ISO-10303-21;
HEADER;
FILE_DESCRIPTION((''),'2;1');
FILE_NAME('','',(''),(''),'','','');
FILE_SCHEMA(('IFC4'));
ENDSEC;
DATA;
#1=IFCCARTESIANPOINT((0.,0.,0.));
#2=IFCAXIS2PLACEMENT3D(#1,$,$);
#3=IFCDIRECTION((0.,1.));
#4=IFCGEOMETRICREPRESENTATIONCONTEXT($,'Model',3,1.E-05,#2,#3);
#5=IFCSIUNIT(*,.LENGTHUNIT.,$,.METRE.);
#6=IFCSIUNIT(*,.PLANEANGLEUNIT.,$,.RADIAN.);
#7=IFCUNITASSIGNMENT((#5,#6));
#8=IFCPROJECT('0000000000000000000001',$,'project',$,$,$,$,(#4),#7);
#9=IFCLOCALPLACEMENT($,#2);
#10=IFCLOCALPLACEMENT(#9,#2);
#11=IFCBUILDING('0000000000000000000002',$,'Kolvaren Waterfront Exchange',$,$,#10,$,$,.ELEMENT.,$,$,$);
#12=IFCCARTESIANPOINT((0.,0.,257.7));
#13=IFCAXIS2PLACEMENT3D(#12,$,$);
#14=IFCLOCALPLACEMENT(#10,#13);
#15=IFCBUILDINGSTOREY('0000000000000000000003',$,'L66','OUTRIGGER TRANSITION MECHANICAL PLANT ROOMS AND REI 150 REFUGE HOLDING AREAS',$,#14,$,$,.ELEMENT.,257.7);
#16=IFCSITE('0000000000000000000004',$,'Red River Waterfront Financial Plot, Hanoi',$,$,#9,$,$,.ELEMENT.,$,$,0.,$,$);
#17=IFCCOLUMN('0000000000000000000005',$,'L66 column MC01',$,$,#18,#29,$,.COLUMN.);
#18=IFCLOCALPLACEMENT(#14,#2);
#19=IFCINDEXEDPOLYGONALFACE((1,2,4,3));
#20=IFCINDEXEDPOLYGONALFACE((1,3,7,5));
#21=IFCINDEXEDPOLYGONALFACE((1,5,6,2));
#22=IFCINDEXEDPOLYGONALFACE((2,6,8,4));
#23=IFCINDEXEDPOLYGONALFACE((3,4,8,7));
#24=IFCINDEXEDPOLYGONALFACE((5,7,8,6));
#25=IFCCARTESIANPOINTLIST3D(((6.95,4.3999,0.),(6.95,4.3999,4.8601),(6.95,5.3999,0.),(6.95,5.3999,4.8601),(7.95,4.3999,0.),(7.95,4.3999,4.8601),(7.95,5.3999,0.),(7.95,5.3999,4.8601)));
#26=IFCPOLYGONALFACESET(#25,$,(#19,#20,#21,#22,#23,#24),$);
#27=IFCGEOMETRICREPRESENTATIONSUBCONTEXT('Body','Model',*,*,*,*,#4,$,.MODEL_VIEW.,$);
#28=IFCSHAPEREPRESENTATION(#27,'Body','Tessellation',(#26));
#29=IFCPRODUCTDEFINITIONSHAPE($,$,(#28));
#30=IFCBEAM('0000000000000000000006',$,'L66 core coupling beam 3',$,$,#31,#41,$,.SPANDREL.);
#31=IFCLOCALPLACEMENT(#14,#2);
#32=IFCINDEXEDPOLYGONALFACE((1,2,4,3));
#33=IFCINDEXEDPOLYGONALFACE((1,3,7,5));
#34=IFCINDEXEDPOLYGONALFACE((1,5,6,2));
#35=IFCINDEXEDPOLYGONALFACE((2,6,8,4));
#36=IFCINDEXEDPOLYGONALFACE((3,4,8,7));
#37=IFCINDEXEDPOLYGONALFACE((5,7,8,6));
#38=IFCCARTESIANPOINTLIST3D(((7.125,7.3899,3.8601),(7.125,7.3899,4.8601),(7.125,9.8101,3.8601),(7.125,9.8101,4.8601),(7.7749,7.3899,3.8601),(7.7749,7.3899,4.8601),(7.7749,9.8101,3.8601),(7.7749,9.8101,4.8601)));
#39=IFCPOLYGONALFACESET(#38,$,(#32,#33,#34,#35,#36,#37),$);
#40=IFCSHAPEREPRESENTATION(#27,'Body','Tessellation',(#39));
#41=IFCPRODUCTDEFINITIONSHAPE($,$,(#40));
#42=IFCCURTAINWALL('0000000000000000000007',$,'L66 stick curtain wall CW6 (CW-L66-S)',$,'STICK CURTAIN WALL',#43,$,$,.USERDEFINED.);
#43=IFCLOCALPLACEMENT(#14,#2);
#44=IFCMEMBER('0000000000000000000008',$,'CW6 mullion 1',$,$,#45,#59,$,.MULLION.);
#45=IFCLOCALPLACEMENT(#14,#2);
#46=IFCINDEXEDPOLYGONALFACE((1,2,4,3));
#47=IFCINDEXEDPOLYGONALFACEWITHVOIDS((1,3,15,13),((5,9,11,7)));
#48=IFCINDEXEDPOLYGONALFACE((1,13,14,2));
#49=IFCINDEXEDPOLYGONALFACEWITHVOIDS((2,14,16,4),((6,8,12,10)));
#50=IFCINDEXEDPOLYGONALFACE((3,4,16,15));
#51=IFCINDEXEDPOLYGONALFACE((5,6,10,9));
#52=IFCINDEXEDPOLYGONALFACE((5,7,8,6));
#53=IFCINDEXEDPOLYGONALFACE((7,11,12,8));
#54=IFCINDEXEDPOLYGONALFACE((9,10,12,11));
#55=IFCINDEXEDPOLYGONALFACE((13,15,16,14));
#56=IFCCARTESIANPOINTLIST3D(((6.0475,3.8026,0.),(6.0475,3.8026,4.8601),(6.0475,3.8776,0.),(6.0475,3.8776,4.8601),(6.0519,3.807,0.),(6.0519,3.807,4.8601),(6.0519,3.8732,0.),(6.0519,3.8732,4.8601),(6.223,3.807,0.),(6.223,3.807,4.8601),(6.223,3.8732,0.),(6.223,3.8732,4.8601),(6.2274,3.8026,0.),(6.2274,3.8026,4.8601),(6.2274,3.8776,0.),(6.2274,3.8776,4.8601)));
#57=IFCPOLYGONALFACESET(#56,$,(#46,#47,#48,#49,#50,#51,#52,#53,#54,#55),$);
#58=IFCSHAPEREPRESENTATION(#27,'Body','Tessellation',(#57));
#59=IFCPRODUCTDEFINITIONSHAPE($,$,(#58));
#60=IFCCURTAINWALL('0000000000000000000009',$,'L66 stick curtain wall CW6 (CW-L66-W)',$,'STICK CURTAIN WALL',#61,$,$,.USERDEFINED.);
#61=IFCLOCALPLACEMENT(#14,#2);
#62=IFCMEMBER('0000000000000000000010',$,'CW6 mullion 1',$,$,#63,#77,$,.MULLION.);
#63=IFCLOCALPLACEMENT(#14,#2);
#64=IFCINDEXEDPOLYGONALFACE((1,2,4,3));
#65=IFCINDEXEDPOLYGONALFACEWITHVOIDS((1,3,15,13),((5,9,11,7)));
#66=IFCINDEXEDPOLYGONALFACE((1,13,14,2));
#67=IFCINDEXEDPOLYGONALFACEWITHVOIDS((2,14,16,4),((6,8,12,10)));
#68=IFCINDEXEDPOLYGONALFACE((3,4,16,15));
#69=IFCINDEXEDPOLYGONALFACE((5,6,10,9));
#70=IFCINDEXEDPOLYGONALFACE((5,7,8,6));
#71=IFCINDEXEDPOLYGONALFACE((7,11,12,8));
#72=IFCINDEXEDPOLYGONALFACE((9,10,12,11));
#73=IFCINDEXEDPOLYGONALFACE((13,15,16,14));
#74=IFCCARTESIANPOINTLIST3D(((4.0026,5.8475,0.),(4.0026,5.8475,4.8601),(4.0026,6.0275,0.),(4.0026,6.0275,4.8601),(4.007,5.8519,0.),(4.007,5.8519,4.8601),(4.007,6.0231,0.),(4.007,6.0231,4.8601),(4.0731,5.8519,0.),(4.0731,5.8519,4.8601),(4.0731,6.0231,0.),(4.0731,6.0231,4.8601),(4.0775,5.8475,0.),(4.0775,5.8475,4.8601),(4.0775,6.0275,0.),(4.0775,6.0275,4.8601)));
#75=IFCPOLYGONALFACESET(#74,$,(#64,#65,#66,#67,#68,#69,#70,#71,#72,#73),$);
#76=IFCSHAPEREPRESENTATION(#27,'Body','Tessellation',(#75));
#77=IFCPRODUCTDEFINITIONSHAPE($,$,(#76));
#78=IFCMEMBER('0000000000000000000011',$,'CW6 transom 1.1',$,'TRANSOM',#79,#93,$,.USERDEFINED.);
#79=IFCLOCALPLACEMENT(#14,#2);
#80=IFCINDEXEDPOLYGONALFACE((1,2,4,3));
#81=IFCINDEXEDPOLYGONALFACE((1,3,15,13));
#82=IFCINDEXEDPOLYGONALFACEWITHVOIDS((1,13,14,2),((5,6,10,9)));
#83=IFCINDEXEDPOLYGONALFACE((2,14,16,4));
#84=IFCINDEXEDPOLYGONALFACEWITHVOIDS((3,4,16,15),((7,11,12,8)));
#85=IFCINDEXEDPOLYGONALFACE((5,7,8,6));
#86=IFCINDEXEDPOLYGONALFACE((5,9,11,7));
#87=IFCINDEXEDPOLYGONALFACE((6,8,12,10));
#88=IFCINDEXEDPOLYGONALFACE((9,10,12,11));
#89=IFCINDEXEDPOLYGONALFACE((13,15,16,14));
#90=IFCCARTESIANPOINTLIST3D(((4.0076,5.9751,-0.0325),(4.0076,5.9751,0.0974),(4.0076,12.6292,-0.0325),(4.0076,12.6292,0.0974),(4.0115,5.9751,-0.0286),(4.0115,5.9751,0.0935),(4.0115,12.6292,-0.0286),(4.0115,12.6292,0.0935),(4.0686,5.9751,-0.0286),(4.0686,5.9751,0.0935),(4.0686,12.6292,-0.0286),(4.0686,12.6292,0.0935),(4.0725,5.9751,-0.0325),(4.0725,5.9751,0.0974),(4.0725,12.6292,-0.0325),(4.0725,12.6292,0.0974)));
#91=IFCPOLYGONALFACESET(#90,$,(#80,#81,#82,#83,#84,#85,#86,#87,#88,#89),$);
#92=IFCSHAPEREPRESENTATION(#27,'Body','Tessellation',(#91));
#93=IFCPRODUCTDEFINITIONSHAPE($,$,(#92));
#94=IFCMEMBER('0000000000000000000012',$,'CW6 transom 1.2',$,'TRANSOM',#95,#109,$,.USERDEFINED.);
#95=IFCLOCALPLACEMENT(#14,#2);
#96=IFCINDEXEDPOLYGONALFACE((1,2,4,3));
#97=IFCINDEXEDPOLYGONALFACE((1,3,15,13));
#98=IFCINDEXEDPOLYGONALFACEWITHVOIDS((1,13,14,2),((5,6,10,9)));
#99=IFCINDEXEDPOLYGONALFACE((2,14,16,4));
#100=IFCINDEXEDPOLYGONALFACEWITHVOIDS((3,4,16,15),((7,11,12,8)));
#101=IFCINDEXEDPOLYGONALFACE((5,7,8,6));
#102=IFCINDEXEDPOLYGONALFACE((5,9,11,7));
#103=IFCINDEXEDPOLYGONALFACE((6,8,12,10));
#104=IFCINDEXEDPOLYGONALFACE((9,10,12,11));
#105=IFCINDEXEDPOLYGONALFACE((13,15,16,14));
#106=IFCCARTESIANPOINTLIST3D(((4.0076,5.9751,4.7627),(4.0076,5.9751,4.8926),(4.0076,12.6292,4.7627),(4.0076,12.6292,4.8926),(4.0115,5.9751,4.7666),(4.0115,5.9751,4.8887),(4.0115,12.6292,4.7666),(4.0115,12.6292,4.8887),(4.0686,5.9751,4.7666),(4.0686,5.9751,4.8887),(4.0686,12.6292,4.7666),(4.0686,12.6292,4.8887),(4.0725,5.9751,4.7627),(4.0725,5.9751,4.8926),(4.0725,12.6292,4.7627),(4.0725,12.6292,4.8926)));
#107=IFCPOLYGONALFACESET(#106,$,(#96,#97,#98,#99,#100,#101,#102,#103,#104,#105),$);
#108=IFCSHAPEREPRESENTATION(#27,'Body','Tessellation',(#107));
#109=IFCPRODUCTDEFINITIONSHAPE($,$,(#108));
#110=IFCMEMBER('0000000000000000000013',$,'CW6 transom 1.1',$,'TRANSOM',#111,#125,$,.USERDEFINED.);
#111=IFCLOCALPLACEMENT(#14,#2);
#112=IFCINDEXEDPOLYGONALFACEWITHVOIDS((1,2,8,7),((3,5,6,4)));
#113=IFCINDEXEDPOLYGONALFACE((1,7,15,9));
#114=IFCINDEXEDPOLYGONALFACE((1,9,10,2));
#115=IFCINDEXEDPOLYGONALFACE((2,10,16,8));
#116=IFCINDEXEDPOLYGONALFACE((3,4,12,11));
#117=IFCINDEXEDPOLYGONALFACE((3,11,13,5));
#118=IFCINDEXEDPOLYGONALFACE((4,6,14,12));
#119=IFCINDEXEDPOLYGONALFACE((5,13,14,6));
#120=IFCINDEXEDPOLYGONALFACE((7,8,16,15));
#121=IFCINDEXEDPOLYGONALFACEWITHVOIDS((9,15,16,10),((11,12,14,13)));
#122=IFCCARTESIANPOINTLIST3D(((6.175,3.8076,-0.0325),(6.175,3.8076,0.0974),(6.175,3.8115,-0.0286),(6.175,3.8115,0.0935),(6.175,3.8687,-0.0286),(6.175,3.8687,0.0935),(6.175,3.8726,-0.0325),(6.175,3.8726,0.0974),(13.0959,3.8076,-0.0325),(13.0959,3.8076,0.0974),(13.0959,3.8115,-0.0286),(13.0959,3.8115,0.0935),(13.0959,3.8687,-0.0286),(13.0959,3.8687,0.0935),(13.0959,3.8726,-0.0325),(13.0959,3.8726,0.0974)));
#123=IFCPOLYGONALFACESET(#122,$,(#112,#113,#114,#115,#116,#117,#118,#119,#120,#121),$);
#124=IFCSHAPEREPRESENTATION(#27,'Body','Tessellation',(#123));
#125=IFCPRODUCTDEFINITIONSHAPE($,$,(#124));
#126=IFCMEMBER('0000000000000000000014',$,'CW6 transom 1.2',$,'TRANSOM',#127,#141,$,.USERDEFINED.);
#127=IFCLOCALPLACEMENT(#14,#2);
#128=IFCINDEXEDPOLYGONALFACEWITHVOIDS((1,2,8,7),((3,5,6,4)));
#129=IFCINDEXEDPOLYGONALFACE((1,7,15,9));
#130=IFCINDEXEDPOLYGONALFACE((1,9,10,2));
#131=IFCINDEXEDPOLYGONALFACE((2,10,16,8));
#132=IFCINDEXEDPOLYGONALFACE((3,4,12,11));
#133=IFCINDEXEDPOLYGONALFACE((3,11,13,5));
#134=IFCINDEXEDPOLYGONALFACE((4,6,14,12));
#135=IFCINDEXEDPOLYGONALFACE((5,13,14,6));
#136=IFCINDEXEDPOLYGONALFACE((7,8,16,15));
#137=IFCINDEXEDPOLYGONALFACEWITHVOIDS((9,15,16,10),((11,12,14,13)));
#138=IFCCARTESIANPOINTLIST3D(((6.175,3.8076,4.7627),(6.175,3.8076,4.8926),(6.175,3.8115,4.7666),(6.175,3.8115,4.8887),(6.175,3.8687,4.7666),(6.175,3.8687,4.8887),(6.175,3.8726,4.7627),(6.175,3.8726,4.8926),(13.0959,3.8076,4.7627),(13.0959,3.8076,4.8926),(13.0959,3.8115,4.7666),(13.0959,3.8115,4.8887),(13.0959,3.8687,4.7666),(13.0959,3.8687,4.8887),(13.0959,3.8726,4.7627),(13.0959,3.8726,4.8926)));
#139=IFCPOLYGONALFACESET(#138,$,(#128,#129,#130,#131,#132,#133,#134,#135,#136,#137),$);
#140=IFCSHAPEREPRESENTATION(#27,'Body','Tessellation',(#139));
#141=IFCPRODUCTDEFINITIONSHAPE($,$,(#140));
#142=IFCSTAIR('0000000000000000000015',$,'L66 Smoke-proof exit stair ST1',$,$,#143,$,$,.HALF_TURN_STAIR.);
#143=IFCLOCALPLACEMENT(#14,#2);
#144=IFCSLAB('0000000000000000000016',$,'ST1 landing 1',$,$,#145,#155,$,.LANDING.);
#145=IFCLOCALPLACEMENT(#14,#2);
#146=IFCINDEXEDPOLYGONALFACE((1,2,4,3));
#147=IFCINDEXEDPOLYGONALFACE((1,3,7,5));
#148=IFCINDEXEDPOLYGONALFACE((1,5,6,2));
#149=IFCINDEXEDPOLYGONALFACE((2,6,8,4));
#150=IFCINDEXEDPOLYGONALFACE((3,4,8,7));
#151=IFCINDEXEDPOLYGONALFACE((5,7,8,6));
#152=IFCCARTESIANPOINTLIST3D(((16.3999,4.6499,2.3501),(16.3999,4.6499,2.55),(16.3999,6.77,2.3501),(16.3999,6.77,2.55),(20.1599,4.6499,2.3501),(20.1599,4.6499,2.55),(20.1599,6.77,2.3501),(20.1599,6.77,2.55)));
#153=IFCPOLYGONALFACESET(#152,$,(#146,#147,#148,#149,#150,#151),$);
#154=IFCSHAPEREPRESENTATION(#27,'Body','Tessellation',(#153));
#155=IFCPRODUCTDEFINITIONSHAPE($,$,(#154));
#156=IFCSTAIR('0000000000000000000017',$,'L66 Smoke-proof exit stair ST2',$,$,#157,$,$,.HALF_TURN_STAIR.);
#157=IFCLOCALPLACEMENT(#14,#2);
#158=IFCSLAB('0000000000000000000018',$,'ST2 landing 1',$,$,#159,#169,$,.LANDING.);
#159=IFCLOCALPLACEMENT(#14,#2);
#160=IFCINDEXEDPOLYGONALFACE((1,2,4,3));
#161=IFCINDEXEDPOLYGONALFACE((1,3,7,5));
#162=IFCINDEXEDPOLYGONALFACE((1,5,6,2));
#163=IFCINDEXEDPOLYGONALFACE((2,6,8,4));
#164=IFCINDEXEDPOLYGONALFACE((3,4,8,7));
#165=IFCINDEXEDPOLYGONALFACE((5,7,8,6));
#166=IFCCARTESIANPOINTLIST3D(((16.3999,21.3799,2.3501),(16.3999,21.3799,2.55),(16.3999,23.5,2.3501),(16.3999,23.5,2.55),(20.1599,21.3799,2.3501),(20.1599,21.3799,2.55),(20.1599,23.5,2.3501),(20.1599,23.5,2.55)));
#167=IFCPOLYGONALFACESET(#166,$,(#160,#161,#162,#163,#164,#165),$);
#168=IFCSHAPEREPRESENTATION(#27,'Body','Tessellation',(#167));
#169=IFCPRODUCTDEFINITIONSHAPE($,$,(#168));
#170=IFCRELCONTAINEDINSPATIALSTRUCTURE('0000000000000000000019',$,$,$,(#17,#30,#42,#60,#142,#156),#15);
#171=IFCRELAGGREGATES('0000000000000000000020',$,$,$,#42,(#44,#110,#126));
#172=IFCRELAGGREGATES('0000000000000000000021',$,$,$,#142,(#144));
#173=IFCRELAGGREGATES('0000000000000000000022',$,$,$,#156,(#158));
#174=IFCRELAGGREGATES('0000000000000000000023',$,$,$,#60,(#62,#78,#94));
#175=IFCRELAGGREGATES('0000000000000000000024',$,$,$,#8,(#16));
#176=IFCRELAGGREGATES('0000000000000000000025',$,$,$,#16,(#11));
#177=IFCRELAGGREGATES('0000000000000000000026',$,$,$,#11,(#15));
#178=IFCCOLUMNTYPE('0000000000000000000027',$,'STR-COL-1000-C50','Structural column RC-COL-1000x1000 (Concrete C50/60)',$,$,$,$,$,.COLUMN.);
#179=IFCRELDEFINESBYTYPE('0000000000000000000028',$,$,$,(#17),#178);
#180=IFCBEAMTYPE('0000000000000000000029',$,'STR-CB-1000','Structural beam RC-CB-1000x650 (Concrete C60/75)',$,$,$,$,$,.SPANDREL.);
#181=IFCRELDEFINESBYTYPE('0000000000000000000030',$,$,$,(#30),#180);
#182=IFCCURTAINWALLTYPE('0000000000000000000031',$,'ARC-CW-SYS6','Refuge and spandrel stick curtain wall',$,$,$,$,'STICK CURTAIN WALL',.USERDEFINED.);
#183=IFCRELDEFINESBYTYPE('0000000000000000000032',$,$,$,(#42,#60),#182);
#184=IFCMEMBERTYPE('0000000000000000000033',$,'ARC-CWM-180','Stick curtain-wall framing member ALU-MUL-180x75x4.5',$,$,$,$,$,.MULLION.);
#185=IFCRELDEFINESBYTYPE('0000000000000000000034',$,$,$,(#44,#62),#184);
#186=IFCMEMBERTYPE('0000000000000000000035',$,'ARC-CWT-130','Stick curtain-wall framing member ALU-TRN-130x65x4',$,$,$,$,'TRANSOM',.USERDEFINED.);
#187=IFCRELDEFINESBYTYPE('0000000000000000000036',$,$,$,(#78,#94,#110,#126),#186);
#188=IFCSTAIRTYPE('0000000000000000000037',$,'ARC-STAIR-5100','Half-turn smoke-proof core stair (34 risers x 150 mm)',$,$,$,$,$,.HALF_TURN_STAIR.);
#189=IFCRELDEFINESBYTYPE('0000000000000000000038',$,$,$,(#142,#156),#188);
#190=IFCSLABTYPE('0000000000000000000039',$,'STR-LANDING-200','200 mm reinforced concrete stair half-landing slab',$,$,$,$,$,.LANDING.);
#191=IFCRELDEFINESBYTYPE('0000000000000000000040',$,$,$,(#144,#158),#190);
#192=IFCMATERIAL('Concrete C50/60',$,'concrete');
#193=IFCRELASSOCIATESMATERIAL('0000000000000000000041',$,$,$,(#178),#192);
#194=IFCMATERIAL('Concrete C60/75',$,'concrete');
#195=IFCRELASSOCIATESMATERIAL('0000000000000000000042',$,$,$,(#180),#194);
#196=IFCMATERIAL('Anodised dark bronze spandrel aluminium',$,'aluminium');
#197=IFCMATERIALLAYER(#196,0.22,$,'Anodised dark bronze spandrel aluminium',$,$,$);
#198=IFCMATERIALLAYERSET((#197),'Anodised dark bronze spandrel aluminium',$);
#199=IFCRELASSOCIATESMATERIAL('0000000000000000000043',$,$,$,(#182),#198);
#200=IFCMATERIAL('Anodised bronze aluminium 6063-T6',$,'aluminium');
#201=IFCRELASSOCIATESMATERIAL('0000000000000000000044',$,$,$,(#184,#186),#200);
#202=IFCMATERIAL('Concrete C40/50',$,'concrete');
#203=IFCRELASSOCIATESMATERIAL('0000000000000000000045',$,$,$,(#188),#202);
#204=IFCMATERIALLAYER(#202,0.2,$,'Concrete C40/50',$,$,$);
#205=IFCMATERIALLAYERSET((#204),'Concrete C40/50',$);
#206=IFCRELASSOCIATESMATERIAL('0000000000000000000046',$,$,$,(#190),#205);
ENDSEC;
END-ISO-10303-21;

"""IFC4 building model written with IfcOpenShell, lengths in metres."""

from ifc_helpers import new_model, si_unit, direction, frame, origin, origin_with_axes, origin_2d, place, context, subcontext, project, spatial, polyline, rectangle, hollow_rectangle, outline, extrude, source, transform, mapped, material, layer, layer_set, material_profile, profile_set, type_object, element, aggregate, save


model = new_model("IFC4")

# Units and contexts
model_context = context("Model", 3, precision=1e-05, world=origin(), true_north=direction((0.0, 1.0)))
body_context = subcontext(model_context, "Body", "Model", "MODEL_VIEW")
ifc_project = project(units=[si_unit("LENGTHUNIT", "METRE"), si_unit("PLANEANGLEUNIT", "RADIAN")], contexts=[model_context])

# Site, building, storey
site_placement = place(None, origin())
site = spatial("IfcSite", under=ifc_project, at=site_placement, Name="Red River Waterfront Financial Plot, Hanoi", CompositionType="ELEMENT", RefElevation=0.0)
building_placement = place(site_placement, origin())
building = spatial("IfcBuilding", under=site, at=building_placement, Name="Kolvaren Waterfront Exchange", CompositionType="ELEMENT")
storey_placement = place(building_placement, frame((0.0, 0.0, 257.7)))
storey = spatial("IfcBuildingStorey", under=building, at=storey_placement, Name="L66", Description="OUTRIGGER TRANSITION MECHANICAL PLANT ROOMS AND REI 150 REFUGE HOLDING AREAS", CompositionType="ELEMENT", Elevation=257.7)

# Column
ifc_material_1 = material(Name="Concrete C50/60", Category="concrete")
ifc_material_profile_1 = material_profile(ifc_material_1, rectangle(XDim=1.0, YDim=1.0, at=origin_2d()), Name="RC-COL-1000x1000")
ifc_profile_set_1 = profile_set([ifc_material_profile_1], Name="Concrete C50/60")
column_type = type_object("IfcColumnType", Name="STR-COL-1000-C50", Description="Structural column RC-COL-1000x1000 (Concrete C50/60)", PredefinedType="COLUMN", material=ifc_profile_set_1)
column_placement = place(storey_placement, frame((7.45, 4.8999, 0.0), z_axis=(0.0, 0.0, 1.0), x_axis=(1.0, 0.0, 0.0)))
element("IfcColumn", 1, at=column_placement, inside=storey, type_object=column_type, Name="L66 column MC01", PredefinedType="COLUMN", context=body_context, shape_type="SweptSolid", body=[
    extrude(rectangle(XDim=1.0, YDim=1.0, at=origin_2d()), origin(), (0.0, 0.0, 1.0), 4.8601),
])

# Beam
ifc_material_2 = material(Name="Concrete C60/75", Category="concrete")
ifc_material_profile_2 = material_profile(ifc_material_2, rectangle(XDim=0.6499, YDim=1.0, at=origin_2d()), Name="RC-CB-1000x650")
ifc_profile_set_2 = profile_set([ifc_material_profile_2], Name="Concrete C60/75")
beam_type = type_object("IfcBeamType", Name="STR-CB-1000", Description="Structural beam RC-CB-1000x650 (Concrete C60/75)", PredefinedType="SPANDREL", material=ifc_profile_set_2)
beam_placement = place(storey_placement, frame((7.45, 7.3899, 4.3601), z_axis=(0.0, 1.0, 0.0), x_axis=(-1.0, 0.0, 0.0)))
element("IfcBeam", 2, at=beam_placement, inside=storey, type_object=beam_type, Name="L66 core coupling beam 3", PredefinedType="SPANDREL", context=body_context, shape_type="SweptSolid", body=[
    extrude(rectangle(XDim=0.6499, YDim=1.0, at=origin_2d()), origin(), (0.0, 0.0, 1.0), 2.4202),
])

# Curtain wall, member
ifc_material_3 = material(Name="Anodised dark bronze spandrel aluminium", Category="aluminium")
ifc_layer_1 = layer(ifc_material_3, 0.22, Name="Anodised dark bronze spandrel aluminium")
ifc_layer_set_1 = layer_set([ifc_layer_1], Name="Anodised dark bronze spandrel aluminium")
curtain_wall_type = type_object("IfcCurtainWallType", Name="ARC-CW-SYS6", Description="Refuge and spandrel stick curtain wall", ElementType="STICK CURTAIN WALL", PredefinedType="USERDEFINED", material=ifc_layer_set_1)
curtain_wall_1_placement = place(storey_placement, origin())
curtain_wall_1 = element("IfcCurtainWall", 3, at=curtain_wall_1_placement, inside=storey, type_object=curtain_wall_type, Name="L66 stick curtain wall CW6 (CW-L66-S)", ObjectType="STICK CURTAIN WALL", PredefinedType="USERDEFINED")
ifc_material_4 = material(Name="Anodised bronze aluminium 6063-T6", Category="aluminium")
ifc_material_profile_3 = material_profile(ifc_material_4, hollow_rectangle(XDim=0.075, YDim=0.1799, WallThickness=0.0044, at=origin_2d()), Name="ALU-MUL-180x75x4.5")
ifc_profile_set_3 = profile_set([ifc_material_profile_3], Name="Anodised bronze aluminium 6063-T6")
member_type_1 = type_object("IfcMemberType", Name="ARC-CWM-180", Description="Stick curtain-wall framing member ALU-MUL-180x75x4.5", PredefinedType="MULLION", material=ifc_profile_set_3)
shared_shape_1 = source(origin_with_axes(), body_context, "Body", "SweptSolid", [
    extrude(hollow_rectangle(XDim=0.075, YDim=0.1799, WallThickness=0.0044, at=origin_2d()), origin(), (0.0, 0.0, 1.0), 4.8601),
])
member_1_placement = place(storey_placement, frame((6.1375, 3.8401, 0.0), z_axis=(0.0, 0.0, 1.0), x_axis=(0.0, 1.0, 0.0)))
member_1 = element("IfcMember", 4, at=member_1_placement, type_object=member_type_1, Name="CW6 mullion 1", PredefinedType="MULLION", context=body_context, shape_type="MappedRepresentation", body=[
    mapped(shared_shape_1, transform((0.0, 0.0, 0.0), x_axis=(1.0, 0.0, 0.0), y_axis=(0.0, 1.0, 0.0), z_axis=(0.0, 0.0, 1.0), scale=1.0)),
])

# Curtain wall, members
curtain_wall_2_placement = place(storey_placement, origin())
curtain_wall_2 = element("IfcCurtainWall", 5, at=curtain_wall_2_placement, inside=storey, type_object=curtain_wall_type, Name="L66 stick curtain wall CW6 (CW-L66-W)", ObjectType="STICK CURTAIN WALL", PredefinedType="USERDEFINED")
member_2_placement = place(storey_placement, frame((4.04, 5.9375, 0.0), z_axis=(0.0, 0.0, 1.0), x_axis=(-1.0, 0.0, 0.0)))
member_2 = element("IfcMember", 6, at=member_2_placement, type_object=member_type_1, Name="CW6 mullion 1", PredefinedType="MULLION", context=body_context, shape_type="MappedRepresentation", body=[
    mapped(shared_shape_1, transform((0.0, 0.0, 0.0), x_axis=(1.0, 0.0, 0.0), y_axis=(0.0, 1.0, 0.0), z_axis=(0.0, 0.0, 1.0), scale=1.0)),
])
ifc_material_profile_4 = material_profile(ifc_material_4, hollow_rectangle(XDim=0.0649, YDim=0.1299, WallThickness=0.0039, at=origin_2d()), Name="ALU-TRN-130x65x4")
ifc_profile_set_4 = profile_set([ifc_material_profile_4], Name="Anodised bronze aluminium 6063-T6")
member_type_2 = type_object("IfcMemberType", Name="ARC-CWT-130", Description="Stick curtain-wall framing member ALU-TRN-130x65x4", ElementType="TRANSOM", PredefinedType="USERDEFINED", material=ifc_profile_set_4)
shared_shape_2 = source(origin_with_axes(), body_context, "Body", "SweptSolid", [
    extrude(hollow_rectangle(XDim=0.0649, YDim=0.1299, WallThickness=0.0039, at=origin_2d()), origin(), (0.0, 0.0, 1.0), 6.6541),
])
member_3_placement = place(storey_placement, frame((4.04, 5.9751, 0.0325), z_axis=(0.0, 1.0, 0.0), x_axis=(-1.0, 0.0, 0.0)))
member_3 = element("IfcMember", 7, at=member_3_placement, type_object=member_type_2, Name="CW6 transom 1.1", ObjectType="TRANSOM", PredefinedType="USERDEFINED", context=body_context, shape_type="MappedRepresentation", body=[
    mapped(shared_shape_2, transform((0.0, 0.0, 0.0), x_axis=(1.0, 0.0, 0.0), y_axis=(0.0, 1.0, 0.0), z_axis=(0.0, 0.0, 1.0), scale=1.0)),
])
member_4_placement = place(storey_placement, frame((4.04, 5.9751, 4.8276), z_axis=(0.0, 1.0, 0.0), x_axis=(-1.0, 0.0, 0.0)))
member_4 = element("IfcMember", 8, at=member_4_placement, type_object=member_type_2, Name="CW6 transom 1.2", ObjectType="TRANSOM", PredefinedType="USERDEFINED", context=body_context, shape_type="MappedRepresentation", body=[
    mapped(shared_shape_2, transform((0.0, 0.0, 0.0), x_axis=(1.0, 0.0, 0.0), y_axis=(0.0, 1.0, 0.0), z_axis=(0.0, 0.0, 1.0), scale=1.0)),
])

# Members
shared_shape_3 = source(origin_with_axes(), body_context, "Body", "SweptSolid", [
    extrude(hollow_rectangle(XDim=0.0649, YDim=0.1299, WallThickness=0.0039, at=origin_2d()), origin(), (0.0, 0.0, 1.0), 6.9209),
])
member_5_placement = place(storey_placement, frame((6.175, 3.8401, 0.0325), z_axis=(1.0, 0.0, 0.0), x_axis=(0.0, 1.0, 0.0)))
member_5 = element("IfcMember", 9, at=member_5_placement, type_object=member_type_2, Name="CW6 transom 1.1", ObjectType="TRANSOM", PredefinedType="USERDEFINED", context=body_context, shape_type="MappedRepresentation", body=[
    mapped(shared_shape_3, transform((0.0, 0.0, 0.0), x_axis=(1.0, 0.0, 0.0), y_axis=(0.0, 1.0, 0.0), z_axis=(0.0, 0.0, 1.0), scale=1.0)),
])
member_6_placement = place(storey_placement, frame((6.175, 3.8401, 4.8276), z_axis=(1.0, 0.0, 0.0), x_axis=(0.0, 1.0, 0.0)))
member_6 = element("IfcMember", 10, at=member_6_placement, type_object=member_type_2, Name="CW6 transom 1.2", ObjectType="TRANSOM", PredefinedType="USERDEFINED", context=body_context, shape_type="MappedRepresentation", body=[
    mapped(shared_shape_3, transform((0.0, 0.0, 0.0), x_axis=(1.0, 0.0, 0.0), y_axis=(0.0, 1.0, 0.0), z_axis=(0.0, 0.0, 1.0), scale=1.0)),
])
aggregate(curtain_wall_1, [member_1, member_5, member_6])

# Stairs, slabs
ifc_material_5 = material(Name="Concrete C40/50", Category="concrete")
stair_type = type_object("IfcStairType", Name="ARC-STAIR-5100", Description="Half-turn smoke-proof core stair (34 risers x 150 mm)", PredefinedType="HALF_TURN_STAIR", material=ifc_material_5)
stair_1_placement = place(storey_placement, origin())
stair_1 = element("IfcStair", 11, at=stair_1_placement, inside=storey, type_object=stair_type, Name="L66 Smoke-proof exit stair ST1", PredefinedType="HALF_TURN_STAIR")
ifc_layer_2 = layer(ifc_material_5, 0.2, Name="Concrete C40/50")
ifc_layer_set_2 = layer_set([ifc_layer_2], Name="Concrete C40/50")
slab_type_1 = type_object("IfcSlabType", Name="STR-LANDING-200", Description="200 mm reinforced concrete stair half-landing slab", PredefinedType="LANDING", material=ifc_layer_set_2)
slab_1_placement = place(storey_placement, frame((0.0, 0.0, 2.3501)))
slab_1 = element("IfcSlab", 12, at=slab_1_placement, type_object=slab_type_1, Name="ST1 landing 1", PredefinedType="LANDING", context=body_context, shape_type="SweptSolid", body=[
    extrude(outline(polyline([(16.3999, 6.77), (16.3999, 4.6499), (20.1599, 4.6499), (20.1599, 6.77), (16.3999, 6.77)])), origin(), (0.0, 0.0, 1.0), 0.2),
])
aggregate(stair_1, [slab_1])
stair_2_placement = place(storey_placement, origin())
stair_2 = element("IfcStair", 13, at=stair_2_placement, inside=storey, type_object=stair_type, Name="L66 Smoke-proof exit stair ST2", PredefinedType="HALF_TURN_STAIR")
slab_2_placement = place(storey_placement, frame((0.0, 0.0, 2.3501)))
slab_2 = element("IfcSlab", 14, at=slab_2_placement, type_object=slab_type_1, Name="ST2 landing 1", PredefinedType="LANDING", context=body_context, shape_type="SweptSolid", body=[
    extrude(outline(polyline([(20.1599, 21.3799), (20.1599, 23.5), (16.3999, 23.5), (16.3999, 21.3799), (20.1599, 21.3799)])), origin(), (0.0, 0.0, 1.0), 0.2),
])
aggregate(stair_2, [slab_2])

aggregate(curtain_wall_2, [member_2, member_3, member_4])

save(model, "model.ifc")
